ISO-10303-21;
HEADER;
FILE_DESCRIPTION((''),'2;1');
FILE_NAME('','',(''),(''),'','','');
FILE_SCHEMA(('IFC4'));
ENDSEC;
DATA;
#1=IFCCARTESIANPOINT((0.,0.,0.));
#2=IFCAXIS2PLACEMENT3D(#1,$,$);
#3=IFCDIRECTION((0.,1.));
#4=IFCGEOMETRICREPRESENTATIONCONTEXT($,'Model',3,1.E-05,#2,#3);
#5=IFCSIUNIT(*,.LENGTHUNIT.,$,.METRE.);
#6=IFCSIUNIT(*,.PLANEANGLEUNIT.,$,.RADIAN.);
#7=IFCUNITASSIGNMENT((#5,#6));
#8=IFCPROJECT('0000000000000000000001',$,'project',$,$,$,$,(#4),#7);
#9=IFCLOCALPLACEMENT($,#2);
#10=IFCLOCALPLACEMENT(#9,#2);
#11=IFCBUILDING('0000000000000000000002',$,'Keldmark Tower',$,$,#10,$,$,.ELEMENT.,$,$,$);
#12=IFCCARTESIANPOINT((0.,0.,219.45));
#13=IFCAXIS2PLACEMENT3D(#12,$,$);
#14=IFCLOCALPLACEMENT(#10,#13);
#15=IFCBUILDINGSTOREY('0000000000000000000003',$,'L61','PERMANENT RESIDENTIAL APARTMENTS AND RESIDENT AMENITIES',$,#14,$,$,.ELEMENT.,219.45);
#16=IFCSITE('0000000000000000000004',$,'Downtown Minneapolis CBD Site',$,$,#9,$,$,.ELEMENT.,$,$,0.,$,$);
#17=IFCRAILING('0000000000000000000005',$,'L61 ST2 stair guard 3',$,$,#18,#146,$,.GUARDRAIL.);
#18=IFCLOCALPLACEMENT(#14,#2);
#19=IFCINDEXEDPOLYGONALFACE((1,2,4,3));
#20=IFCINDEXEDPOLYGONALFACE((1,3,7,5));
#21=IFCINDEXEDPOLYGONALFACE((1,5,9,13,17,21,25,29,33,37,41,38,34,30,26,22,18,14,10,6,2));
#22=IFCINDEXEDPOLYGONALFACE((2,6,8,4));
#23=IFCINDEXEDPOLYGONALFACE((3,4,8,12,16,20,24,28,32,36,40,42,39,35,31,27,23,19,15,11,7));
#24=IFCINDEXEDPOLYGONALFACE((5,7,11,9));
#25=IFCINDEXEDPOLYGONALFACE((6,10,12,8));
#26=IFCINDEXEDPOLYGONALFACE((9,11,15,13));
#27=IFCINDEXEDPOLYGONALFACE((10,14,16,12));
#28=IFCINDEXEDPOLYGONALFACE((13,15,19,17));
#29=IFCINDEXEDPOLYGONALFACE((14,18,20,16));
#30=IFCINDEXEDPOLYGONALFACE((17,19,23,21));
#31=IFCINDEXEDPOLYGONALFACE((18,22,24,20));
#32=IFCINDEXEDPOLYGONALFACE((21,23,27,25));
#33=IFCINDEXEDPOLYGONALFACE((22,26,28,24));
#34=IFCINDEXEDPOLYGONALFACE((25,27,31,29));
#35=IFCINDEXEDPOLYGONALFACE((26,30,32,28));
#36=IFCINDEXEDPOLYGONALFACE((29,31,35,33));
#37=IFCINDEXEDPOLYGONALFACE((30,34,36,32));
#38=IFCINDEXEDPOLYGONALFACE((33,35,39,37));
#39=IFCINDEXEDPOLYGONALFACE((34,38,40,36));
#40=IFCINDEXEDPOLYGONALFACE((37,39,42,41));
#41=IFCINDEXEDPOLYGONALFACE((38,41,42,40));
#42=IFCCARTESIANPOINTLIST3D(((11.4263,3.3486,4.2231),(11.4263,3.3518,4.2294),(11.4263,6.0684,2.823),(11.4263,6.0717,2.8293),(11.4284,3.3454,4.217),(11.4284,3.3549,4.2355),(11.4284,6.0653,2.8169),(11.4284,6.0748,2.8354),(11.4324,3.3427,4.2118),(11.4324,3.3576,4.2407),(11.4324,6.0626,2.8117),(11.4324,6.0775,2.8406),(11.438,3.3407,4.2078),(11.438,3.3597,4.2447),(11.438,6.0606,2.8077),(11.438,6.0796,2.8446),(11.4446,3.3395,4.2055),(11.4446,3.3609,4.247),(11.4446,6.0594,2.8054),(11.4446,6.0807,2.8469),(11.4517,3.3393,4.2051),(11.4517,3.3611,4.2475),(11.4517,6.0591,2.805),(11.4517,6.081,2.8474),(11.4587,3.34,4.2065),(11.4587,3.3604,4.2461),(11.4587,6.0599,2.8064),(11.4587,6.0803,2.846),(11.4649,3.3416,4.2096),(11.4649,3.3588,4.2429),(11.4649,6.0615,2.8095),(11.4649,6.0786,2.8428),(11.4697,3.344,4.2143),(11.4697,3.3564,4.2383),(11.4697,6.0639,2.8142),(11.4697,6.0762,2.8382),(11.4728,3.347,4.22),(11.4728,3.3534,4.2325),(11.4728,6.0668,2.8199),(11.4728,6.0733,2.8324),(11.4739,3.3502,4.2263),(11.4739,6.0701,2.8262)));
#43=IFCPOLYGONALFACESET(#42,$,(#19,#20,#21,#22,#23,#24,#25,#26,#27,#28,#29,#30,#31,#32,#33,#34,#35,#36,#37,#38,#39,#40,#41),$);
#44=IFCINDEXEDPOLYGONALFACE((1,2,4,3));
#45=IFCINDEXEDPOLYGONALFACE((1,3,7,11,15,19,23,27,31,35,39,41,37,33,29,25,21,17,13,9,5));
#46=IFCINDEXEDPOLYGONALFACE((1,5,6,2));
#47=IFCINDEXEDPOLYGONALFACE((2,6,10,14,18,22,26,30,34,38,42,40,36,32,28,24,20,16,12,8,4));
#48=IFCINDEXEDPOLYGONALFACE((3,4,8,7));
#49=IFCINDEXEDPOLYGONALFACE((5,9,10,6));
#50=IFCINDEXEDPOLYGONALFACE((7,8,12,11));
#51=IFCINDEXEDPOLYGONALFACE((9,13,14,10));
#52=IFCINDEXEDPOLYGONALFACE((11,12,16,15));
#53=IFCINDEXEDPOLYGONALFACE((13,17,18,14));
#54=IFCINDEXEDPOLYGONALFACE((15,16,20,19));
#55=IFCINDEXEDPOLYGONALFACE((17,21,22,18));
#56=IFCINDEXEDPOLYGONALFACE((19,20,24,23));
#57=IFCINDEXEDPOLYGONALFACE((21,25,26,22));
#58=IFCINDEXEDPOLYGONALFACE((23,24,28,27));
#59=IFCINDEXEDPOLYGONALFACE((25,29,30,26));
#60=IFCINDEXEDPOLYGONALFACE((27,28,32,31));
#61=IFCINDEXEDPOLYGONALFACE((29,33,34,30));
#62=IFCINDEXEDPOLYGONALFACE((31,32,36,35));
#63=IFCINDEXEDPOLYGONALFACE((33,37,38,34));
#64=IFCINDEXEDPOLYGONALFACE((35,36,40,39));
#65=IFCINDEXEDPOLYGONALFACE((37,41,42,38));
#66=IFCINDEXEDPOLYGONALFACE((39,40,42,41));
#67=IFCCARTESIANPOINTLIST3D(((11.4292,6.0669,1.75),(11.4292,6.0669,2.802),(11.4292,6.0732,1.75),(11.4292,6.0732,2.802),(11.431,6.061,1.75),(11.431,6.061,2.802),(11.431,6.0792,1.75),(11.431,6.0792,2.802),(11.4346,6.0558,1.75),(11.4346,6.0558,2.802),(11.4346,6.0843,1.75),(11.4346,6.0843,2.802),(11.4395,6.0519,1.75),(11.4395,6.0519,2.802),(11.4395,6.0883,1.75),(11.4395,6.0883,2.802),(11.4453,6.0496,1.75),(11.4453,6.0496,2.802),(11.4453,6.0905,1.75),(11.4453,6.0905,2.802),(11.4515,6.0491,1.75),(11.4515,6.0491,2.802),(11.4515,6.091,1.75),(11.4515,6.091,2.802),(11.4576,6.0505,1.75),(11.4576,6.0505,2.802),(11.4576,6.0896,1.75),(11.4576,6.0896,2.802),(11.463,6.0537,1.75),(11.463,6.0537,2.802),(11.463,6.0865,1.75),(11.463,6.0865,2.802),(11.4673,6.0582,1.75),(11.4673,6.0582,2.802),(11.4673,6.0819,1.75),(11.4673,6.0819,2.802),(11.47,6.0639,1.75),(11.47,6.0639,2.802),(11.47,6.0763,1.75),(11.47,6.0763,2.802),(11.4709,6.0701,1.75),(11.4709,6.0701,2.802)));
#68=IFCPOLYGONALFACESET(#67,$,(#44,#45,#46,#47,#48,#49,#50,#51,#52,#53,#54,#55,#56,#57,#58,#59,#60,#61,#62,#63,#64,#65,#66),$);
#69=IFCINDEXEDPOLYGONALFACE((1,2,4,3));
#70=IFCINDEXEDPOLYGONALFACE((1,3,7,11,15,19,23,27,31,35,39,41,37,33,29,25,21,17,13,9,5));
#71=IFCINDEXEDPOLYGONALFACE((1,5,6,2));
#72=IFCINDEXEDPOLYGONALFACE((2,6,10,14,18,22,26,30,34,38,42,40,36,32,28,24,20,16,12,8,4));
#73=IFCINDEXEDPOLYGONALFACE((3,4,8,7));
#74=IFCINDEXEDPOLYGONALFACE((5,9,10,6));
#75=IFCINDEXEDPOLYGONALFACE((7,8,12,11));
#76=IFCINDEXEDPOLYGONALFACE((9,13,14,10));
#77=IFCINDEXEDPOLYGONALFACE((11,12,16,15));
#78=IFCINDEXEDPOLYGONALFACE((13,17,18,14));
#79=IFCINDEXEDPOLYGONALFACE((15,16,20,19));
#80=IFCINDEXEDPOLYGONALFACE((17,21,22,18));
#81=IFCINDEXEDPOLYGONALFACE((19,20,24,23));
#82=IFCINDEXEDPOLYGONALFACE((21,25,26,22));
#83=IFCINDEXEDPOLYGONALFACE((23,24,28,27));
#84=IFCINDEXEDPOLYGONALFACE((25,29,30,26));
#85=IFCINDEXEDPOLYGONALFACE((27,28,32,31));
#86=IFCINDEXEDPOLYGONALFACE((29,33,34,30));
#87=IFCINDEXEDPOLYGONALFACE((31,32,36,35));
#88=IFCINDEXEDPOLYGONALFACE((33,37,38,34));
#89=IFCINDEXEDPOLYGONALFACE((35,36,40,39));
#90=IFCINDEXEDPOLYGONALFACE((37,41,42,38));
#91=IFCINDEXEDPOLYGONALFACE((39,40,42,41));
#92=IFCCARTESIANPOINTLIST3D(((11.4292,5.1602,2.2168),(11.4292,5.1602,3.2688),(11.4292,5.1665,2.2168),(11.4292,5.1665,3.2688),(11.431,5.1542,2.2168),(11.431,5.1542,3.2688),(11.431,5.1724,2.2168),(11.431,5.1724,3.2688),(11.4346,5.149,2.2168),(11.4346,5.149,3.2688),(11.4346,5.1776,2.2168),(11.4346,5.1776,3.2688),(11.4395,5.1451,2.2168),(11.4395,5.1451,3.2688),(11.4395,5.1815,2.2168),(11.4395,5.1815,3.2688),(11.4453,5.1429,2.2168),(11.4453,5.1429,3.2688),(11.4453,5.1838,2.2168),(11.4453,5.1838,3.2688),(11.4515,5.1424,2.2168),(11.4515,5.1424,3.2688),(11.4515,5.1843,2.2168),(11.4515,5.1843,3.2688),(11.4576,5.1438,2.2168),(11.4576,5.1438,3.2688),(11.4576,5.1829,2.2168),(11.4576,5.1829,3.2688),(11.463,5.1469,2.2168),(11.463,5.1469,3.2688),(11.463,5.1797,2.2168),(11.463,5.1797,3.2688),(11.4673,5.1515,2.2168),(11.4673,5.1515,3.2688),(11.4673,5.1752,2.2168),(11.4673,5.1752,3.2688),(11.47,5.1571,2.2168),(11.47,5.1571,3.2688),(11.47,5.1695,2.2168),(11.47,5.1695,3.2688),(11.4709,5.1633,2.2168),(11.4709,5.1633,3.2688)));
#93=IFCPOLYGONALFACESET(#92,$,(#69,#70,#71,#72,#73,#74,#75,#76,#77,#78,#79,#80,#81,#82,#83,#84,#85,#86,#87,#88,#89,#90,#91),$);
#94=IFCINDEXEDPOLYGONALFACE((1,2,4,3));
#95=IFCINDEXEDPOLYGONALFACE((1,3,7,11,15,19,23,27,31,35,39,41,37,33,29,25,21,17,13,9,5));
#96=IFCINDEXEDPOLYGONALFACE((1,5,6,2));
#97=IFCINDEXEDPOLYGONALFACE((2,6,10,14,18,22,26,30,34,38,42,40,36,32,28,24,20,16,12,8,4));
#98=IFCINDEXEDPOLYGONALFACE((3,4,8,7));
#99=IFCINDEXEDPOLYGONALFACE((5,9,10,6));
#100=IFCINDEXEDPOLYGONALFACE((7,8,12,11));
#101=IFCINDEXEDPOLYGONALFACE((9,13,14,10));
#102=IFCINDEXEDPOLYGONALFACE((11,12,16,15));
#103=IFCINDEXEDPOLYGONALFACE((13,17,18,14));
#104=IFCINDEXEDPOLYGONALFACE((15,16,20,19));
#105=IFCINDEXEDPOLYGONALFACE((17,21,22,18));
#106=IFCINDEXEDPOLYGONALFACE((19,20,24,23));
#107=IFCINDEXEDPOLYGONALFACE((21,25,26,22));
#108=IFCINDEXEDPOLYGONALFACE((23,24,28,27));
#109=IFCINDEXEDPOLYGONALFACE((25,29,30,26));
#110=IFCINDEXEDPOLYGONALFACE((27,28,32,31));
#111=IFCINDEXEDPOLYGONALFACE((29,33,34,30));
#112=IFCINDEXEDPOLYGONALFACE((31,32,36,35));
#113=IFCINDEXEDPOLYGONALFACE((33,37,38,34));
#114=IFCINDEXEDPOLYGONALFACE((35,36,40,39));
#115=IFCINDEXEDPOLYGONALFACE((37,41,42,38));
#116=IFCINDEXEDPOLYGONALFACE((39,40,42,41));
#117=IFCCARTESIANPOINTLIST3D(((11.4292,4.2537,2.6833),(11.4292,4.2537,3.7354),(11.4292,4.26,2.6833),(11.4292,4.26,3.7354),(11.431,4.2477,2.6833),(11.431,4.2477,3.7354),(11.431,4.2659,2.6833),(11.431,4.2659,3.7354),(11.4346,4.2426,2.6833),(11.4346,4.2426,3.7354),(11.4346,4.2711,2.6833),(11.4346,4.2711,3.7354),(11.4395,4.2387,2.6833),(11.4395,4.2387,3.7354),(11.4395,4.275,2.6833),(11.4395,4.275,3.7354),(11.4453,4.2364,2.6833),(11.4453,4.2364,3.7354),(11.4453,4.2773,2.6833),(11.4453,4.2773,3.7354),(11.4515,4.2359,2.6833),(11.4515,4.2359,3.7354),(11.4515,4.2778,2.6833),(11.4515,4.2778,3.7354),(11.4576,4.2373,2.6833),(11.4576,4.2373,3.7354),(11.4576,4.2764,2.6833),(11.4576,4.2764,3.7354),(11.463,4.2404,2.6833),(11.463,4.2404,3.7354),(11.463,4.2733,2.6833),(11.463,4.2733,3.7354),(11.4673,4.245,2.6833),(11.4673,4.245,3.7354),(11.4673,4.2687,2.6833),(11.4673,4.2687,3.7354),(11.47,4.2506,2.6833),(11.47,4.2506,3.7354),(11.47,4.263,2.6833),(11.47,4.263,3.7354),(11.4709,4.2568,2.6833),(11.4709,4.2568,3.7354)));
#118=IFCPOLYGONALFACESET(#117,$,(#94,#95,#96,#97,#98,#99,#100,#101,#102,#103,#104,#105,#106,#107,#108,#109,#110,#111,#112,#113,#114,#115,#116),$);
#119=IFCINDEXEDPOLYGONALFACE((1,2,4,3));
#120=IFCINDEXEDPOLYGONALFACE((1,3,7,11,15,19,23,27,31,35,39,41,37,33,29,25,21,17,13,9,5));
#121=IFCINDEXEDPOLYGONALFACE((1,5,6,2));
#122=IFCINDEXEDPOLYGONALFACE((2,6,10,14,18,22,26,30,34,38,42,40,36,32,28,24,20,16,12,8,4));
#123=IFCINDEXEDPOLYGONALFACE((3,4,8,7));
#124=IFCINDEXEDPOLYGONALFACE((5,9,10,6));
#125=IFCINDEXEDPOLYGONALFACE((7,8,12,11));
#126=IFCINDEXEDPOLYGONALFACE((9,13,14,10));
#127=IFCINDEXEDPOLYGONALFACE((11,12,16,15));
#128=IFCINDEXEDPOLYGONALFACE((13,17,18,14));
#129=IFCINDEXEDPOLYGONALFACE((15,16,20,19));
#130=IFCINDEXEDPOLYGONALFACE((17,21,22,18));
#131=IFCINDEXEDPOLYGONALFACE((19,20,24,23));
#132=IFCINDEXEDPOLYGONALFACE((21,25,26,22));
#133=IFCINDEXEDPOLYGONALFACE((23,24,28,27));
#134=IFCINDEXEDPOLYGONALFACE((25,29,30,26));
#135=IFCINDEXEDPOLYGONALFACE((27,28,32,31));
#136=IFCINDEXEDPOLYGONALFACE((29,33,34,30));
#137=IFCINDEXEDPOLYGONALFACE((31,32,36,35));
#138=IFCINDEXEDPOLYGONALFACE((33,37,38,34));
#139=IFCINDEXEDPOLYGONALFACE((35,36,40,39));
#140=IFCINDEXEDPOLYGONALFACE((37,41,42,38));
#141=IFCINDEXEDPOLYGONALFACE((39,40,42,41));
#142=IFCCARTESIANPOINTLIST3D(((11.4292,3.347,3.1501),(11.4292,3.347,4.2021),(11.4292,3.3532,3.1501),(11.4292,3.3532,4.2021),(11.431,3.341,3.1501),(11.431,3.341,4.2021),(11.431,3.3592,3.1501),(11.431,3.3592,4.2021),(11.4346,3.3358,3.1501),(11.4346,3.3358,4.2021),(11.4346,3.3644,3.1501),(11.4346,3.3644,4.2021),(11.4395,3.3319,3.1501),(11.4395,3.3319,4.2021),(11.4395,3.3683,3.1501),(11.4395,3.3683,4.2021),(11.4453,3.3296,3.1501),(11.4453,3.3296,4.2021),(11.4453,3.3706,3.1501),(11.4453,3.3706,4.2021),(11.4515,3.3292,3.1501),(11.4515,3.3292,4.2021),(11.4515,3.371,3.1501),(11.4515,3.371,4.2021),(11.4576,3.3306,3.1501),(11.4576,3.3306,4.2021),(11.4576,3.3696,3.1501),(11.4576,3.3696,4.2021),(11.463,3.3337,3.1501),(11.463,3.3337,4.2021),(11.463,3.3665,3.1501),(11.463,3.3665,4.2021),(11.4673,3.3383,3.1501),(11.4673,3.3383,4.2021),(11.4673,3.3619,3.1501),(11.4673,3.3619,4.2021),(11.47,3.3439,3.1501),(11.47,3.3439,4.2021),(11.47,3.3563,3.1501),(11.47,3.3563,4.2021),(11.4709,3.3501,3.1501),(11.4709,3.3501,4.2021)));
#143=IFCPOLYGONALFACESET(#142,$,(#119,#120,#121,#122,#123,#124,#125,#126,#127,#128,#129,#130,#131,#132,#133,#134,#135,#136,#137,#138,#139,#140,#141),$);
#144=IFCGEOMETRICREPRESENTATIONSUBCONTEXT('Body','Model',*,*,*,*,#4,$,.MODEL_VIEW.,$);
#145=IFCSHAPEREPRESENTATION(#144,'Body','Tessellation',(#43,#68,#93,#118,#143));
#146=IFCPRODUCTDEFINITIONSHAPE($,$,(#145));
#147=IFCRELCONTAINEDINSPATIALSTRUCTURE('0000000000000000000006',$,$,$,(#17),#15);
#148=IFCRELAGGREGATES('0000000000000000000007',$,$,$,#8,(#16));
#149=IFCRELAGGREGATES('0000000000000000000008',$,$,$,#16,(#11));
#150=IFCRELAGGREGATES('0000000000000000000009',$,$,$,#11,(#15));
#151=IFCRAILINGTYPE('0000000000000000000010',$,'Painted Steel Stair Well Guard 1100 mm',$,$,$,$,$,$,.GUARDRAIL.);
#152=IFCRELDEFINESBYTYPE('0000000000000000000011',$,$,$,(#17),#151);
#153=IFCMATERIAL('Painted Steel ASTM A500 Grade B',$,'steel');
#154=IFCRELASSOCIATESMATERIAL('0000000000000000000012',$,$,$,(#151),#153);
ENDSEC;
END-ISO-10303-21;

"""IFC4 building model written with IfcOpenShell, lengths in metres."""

from ifc_helpers import new_model, si_unit, direction, frame, origin, origin_2d, place, context, subcontext, project, spatial, circle, extrude, material, type_object, element, save


model = new_model("IFC4")

# Units and contexts
model_context = context("Model", 3, precision=1e-05, world=origin(), true_north=direction((0.0, 1.0)))
body_context = subcontext(model_context, "Body", "Model", "MODEL_VIEW")
ifc_project = project(units=[si_unit("LENGTHUNIT", "METRE"), si_unit("PLANEANGLEUNIT", "RADIAN")], contexts=[model_context])

# Site, building, storey
site_placement = place(None, origin())
site = spatial("IfcSite", under=ifc_project, at=site_placement, Name="Downtown Minneapolis CBD Site", CompositionType="ELEMENT", RefElevation=0.0)
building_placement = place(site_placement, origin())
building = spatial("IfcBuilding", under=site, at=building_placement, Name="Keldmark Tower", CompositionType="ELEMENT")
storey_placement = place(building_placement, frame((0.0, 0.0, 219.45)))
storey = spatial("IfcBuildingStorey", under=building, at=storey_placement, Name="L61", Description="PERMANENT RESIDENTIAL APARTMENTS AND RESIDENT AMENITIES", CompositionType="ELEMENT", Elevation=219.45)

# Railing
ifc_material_1 = material(Name="Painted Steel ASTM A500 Grade B", Category="steel")
railing_type_1 = type_object("IfcRailingType", Name="Painted Steel Stair Well Guard 1100 mm", PredefinedType="GUARDRAIL", material=ifc_material_1)
railing_1_placement = place(storey_placement, frame((11.45, 6.0701, 1.75)))
element("IfcRailing", 1, at=railing_1_placement, inside=storey, type_object=railing_type_1, Name="L61 ST2 stair guard 3", PredefinedType="GUARDRAIL", context=body_context, shape_type="SweptSolid", body=[
    extrude(circle(Radius=0.0239, at=origin_2d()), frame((0.0, 0.0, 1.0762), z_axis=(0.0, -0.889114, 0.457685), x_axis=(1.0, 0.0, 0.0)), (0.0, 0.0, 1.0), 3.0591),
    extrude(circle(Radius=0.021, at=origin_2d()), origin(), (0.0, 0.0, 1.0), 1.052),
    extrude(circle(Radius=0.021, at=origin_2d()), frame((0.0, -0.9067, 0.4668)), (0.0, 0.0, 1.0), 1.052),
    extrude(circle(Radius=0.021, at=origin_2d()), frame((0.0, -1.8132, 0.9333)), (0.0, 0.0, 1.0), 1.052),
    extrude(circle(Radius=0.021, at=origin_2d()), frame((0.0, -2.72, 1.4001)), (0.0, 0.0, 1.0), 1.052),
])

save(model, "model.ifc")
